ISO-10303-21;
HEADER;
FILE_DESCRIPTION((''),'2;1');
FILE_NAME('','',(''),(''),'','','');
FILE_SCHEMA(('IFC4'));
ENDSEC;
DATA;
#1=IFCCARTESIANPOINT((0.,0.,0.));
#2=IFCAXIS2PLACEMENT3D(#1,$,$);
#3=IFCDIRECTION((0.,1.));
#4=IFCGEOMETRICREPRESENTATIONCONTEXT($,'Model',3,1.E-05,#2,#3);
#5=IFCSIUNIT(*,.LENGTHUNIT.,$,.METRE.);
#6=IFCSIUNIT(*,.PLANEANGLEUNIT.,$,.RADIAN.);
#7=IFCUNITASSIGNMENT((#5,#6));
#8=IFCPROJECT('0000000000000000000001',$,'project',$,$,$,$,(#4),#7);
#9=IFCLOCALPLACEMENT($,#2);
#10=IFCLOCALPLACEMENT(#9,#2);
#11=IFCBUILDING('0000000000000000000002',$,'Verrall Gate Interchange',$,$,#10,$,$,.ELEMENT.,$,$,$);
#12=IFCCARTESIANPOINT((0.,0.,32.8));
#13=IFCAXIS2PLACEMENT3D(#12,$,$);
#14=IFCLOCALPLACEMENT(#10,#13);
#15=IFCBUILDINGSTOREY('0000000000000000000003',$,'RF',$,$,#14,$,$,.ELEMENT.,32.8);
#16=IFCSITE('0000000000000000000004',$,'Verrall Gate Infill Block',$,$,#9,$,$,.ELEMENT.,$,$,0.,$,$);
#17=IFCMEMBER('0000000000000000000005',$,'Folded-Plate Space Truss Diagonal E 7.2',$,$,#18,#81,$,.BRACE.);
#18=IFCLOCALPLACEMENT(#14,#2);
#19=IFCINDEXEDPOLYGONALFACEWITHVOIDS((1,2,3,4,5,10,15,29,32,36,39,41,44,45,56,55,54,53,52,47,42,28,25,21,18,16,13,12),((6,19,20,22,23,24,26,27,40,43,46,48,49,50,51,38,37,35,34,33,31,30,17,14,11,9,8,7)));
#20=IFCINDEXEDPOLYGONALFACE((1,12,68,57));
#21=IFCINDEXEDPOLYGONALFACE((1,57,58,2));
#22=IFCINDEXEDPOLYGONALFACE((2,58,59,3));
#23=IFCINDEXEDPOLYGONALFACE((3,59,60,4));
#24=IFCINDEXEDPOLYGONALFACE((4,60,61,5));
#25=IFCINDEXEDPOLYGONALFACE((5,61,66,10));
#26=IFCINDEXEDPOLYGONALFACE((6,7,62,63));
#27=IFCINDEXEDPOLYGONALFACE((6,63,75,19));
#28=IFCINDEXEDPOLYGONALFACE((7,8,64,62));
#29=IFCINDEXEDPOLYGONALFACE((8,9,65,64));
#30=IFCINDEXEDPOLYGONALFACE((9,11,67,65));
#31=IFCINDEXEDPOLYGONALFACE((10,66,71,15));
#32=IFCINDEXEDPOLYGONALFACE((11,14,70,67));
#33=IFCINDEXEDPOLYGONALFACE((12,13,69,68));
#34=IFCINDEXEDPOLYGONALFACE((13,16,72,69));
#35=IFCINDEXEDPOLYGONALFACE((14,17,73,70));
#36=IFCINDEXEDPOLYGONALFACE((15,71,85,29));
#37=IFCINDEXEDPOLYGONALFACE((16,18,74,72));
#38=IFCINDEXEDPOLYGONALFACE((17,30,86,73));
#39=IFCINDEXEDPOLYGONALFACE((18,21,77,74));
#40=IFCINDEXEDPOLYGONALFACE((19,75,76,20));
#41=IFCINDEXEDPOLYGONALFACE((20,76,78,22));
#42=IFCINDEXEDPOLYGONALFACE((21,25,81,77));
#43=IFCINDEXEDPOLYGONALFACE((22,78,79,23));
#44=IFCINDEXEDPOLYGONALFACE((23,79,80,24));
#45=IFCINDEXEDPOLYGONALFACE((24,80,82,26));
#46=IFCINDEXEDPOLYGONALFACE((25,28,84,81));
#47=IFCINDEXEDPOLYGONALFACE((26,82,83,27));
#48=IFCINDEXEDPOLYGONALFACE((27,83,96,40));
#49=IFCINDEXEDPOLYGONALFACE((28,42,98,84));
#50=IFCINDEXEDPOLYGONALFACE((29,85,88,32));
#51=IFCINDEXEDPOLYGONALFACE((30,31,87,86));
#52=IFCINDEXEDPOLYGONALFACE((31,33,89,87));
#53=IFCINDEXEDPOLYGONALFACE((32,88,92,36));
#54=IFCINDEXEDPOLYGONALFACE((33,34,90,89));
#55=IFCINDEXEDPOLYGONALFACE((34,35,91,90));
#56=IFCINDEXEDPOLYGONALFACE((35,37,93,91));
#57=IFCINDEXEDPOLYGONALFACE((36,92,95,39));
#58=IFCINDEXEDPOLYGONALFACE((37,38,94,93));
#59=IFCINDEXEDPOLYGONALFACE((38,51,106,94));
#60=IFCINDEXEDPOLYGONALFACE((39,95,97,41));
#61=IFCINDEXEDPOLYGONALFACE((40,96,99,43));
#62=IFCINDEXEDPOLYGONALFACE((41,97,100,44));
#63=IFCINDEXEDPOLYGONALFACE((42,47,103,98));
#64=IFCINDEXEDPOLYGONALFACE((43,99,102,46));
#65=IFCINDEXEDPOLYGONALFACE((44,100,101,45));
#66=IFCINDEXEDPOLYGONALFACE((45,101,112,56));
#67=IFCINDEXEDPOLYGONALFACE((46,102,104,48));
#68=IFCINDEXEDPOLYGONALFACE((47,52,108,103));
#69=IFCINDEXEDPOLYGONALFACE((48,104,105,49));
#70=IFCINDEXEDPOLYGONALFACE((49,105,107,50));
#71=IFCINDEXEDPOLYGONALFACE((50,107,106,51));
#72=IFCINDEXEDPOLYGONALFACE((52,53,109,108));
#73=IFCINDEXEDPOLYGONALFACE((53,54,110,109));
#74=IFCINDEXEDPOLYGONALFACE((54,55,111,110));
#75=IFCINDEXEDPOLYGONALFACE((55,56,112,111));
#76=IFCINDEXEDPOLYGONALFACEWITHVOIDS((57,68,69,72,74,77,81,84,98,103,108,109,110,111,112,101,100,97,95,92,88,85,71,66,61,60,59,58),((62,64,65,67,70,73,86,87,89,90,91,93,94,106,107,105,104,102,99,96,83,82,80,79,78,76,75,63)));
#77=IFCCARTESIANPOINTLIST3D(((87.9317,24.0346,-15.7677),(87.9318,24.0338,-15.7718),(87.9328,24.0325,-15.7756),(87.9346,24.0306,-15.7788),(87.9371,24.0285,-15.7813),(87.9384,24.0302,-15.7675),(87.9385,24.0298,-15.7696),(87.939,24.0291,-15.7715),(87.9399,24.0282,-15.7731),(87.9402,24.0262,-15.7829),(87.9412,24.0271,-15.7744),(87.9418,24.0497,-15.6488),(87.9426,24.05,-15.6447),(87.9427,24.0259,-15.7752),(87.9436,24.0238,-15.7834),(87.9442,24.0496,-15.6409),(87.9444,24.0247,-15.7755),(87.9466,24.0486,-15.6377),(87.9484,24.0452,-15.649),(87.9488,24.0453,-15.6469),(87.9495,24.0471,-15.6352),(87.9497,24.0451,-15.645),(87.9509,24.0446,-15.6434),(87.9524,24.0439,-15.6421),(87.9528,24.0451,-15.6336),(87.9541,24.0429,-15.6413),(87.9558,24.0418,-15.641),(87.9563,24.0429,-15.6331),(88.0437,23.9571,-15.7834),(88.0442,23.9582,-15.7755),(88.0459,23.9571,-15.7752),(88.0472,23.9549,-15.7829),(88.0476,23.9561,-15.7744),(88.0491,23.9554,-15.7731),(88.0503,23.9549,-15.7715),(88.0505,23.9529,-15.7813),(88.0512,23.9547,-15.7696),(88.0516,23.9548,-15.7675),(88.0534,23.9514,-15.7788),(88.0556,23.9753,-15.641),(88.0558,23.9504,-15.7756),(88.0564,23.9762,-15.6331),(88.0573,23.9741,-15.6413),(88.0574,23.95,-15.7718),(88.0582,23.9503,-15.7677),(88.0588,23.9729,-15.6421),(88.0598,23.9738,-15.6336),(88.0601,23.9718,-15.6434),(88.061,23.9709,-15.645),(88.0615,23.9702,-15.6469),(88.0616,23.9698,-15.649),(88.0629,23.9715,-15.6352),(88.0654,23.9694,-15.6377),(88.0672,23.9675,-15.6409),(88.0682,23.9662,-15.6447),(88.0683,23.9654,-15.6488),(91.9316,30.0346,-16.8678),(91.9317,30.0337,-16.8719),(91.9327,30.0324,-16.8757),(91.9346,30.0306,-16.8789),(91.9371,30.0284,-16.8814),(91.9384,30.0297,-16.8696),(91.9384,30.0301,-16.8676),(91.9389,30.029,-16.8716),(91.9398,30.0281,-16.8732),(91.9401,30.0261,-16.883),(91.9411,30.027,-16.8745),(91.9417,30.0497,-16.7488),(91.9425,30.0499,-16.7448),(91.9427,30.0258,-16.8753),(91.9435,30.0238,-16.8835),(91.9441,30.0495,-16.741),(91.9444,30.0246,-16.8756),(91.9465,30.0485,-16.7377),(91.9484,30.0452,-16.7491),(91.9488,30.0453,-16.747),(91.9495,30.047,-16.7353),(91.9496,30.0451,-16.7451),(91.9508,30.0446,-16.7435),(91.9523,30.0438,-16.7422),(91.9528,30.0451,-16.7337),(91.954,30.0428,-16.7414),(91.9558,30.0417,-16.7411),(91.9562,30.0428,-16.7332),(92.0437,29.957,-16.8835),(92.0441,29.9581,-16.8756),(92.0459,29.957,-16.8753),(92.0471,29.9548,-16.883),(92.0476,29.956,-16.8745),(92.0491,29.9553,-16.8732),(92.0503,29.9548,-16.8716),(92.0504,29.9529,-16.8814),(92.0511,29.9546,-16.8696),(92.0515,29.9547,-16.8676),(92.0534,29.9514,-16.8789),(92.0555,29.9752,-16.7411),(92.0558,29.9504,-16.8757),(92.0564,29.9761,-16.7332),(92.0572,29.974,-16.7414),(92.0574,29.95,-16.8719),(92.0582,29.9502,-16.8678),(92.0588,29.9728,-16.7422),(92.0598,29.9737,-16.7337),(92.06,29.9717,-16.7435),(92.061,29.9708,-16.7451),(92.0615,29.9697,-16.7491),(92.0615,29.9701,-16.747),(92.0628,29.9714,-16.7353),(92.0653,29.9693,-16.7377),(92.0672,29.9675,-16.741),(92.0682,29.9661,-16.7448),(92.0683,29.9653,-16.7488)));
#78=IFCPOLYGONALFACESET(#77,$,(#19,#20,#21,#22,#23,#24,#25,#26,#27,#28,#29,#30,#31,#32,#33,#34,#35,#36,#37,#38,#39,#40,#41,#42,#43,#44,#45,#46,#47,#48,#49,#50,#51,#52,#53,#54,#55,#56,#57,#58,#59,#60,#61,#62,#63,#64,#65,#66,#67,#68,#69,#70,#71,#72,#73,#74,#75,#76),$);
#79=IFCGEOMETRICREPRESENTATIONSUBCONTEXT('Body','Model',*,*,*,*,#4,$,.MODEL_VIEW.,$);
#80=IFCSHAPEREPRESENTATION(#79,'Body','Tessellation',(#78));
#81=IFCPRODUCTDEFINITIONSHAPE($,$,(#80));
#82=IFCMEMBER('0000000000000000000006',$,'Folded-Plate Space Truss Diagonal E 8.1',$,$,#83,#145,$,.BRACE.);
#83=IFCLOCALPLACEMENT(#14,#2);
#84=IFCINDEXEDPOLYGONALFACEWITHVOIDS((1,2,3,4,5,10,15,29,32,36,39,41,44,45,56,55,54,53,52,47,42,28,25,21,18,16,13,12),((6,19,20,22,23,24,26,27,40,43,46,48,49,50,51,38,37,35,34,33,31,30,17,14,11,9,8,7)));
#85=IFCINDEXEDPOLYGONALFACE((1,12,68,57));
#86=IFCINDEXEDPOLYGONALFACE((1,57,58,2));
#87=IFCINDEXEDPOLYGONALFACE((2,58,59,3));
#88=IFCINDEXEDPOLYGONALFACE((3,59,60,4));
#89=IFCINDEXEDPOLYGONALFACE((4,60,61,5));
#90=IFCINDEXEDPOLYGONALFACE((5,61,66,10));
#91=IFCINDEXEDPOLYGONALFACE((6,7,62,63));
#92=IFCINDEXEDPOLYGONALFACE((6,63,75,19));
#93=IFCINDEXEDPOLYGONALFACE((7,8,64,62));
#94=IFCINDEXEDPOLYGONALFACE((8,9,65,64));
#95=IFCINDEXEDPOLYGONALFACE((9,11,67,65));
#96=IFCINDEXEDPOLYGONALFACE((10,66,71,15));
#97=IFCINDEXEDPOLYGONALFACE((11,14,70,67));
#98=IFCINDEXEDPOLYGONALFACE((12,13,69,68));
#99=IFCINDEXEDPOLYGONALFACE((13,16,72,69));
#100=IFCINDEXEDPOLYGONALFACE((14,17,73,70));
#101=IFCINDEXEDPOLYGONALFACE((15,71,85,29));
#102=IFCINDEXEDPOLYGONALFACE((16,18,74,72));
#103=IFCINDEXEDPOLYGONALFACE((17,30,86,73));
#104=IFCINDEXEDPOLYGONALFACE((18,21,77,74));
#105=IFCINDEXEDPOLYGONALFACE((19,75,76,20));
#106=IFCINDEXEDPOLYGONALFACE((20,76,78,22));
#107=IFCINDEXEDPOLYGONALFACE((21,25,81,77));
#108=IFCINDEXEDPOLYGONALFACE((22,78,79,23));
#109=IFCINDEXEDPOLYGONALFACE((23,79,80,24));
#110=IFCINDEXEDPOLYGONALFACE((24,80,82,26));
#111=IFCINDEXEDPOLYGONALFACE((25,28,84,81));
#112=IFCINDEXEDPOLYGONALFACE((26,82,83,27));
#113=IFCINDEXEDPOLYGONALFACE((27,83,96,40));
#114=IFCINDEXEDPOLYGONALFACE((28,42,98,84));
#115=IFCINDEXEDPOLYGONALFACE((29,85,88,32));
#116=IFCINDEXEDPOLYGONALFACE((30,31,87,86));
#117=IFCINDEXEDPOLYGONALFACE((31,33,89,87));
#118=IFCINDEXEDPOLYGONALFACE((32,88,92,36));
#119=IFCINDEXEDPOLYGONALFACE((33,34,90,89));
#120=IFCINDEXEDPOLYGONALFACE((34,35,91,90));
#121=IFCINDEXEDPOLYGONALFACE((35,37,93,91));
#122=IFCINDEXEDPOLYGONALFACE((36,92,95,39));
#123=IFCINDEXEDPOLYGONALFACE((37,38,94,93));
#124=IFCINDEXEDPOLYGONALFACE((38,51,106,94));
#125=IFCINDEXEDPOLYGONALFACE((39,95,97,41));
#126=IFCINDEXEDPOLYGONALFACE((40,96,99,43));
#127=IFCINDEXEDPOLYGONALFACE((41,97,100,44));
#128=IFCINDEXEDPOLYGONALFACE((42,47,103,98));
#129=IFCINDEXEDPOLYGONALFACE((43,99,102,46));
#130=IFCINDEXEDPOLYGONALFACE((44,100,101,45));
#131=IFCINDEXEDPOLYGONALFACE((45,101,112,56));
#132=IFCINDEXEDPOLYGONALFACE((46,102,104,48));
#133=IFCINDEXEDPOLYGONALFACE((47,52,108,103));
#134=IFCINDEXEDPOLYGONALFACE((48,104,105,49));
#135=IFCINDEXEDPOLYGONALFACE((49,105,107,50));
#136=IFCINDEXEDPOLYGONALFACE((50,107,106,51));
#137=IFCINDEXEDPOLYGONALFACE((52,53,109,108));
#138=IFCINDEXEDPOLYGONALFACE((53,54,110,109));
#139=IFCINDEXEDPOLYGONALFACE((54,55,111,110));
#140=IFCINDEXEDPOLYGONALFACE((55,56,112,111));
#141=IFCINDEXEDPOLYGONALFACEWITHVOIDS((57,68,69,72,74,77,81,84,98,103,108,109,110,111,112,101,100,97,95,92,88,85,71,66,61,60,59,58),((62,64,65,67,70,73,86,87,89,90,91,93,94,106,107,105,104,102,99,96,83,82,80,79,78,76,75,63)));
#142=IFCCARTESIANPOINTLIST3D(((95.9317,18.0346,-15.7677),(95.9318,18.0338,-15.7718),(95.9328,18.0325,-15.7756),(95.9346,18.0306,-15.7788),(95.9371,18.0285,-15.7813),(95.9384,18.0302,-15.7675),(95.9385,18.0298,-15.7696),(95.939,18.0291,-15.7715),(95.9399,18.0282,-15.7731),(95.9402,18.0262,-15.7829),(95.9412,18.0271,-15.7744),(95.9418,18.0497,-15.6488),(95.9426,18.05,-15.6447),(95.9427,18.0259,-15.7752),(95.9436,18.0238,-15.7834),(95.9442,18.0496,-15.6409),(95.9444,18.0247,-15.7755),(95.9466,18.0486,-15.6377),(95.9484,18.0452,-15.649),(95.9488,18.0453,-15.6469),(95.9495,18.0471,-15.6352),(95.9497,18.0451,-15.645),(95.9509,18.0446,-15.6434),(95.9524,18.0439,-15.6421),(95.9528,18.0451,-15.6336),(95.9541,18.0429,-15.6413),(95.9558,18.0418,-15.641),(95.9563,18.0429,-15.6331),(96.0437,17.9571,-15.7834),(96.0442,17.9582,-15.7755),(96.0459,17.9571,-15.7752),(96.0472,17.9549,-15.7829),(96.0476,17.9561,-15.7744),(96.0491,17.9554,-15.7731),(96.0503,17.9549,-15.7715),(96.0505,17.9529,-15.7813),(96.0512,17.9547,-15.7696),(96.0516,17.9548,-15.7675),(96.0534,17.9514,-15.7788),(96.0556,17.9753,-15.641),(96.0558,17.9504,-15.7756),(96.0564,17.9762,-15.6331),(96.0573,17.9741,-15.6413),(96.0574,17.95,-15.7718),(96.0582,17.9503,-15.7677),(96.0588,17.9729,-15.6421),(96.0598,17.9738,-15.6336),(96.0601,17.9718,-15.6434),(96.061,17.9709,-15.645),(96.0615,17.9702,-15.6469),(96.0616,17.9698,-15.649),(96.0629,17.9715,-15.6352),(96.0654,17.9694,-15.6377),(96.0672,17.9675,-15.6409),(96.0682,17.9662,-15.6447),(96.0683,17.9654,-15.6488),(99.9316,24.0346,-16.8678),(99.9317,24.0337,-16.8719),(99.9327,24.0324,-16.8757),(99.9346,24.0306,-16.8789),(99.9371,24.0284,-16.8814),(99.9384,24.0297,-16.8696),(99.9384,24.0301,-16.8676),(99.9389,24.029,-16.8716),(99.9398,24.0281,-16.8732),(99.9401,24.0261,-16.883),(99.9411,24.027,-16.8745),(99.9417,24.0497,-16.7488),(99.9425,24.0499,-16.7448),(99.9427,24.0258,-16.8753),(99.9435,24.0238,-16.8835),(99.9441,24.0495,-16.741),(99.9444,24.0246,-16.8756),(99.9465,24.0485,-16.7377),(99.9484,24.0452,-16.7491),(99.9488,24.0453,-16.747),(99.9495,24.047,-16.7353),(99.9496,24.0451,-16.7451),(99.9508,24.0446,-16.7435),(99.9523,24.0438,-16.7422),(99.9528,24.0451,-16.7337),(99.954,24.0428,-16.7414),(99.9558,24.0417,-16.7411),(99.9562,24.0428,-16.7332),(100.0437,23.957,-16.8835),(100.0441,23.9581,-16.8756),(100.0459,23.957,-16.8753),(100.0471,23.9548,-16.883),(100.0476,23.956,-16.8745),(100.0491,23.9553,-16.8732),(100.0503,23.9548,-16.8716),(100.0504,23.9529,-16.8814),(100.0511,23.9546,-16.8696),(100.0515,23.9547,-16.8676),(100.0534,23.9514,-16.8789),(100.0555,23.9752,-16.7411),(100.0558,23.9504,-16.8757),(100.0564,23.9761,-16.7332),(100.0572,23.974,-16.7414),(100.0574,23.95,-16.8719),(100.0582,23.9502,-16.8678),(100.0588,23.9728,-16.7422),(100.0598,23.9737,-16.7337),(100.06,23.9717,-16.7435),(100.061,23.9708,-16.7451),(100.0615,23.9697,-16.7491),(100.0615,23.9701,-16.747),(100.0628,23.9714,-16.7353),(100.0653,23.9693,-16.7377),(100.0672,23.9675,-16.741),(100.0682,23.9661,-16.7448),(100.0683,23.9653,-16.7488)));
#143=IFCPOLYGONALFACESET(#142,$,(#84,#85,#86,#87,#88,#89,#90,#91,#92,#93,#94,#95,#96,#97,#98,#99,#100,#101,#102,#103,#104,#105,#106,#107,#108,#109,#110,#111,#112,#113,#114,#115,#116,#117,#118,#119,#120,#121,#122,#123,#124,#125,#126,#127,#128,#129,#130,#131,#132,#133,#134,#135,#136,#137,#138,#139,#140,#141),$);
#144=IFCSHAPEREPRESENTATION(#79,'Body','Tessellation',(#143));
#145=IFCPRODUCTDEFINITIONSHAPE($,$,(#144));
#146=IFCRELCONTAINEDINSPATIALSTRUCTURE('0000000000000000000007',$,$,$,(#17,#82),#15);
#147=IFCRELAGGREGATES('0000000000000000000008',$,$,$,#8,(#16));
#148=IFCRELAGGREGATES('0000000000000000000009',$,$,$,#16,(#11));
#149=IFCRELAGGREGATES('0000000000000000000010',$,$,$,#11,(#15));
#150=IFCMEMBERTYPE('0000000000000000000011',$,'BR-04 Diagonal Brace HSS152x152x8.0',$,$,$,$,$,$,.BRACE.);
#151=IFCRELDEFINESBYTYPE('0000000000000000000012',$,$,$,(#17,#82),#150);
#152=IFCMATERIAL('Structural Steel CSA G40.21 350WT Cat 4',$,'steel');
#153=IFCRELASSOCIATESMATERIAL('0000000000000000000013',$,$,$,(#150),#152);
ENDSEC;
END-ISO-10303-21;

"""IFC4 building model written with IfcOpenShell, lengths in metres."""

from ifc_helpers import new_model, si_unit, direction, frame, origin, origin_2d, place, context, subcontext, project, spatial, hollow_rectangle, extrude, material, material_profile, profile_set, type_object, element, save


model = new_model("IFC4")

# Units and contexts
model_context = context("Model", 3, precision=1e-05, world=origin(), true_north=direction((0.0, 1.0)))
body_context = subcontext(model_context, "Body", "Model", "MODEL_VIEW")
ifc_project = project(units=[si_unit("LENGTHUNIT", "METRE"), si_unit("PLANEANGLEUNIT", "RADIAN")], contexts=[model_context])

# Site, building, storey
site_placement = place(None, origin())
site = spatial("IfcSite", under=ifc_project, at=site_placement, Name="Verrall Gate Infill Block", CompositionType="ELEMENT", RefElevation=0.0)
building_placement = place(site_placement, origin())
building = spatial("IfcBuilding", under=site, at=building_placement, Name="Verrall Gate Interchange", CompositionType="ELEMENT")
storey_placement = place(building_placement, frame((0.0, 0.0, 32.8)))
storey = spatial("IfcBuildingStorey", under=building, at=storey_placement, Name="RF", CompositionType="ELEMENT", Elevation=32.8)

# Members
ifc_material_1 = material(Name="Structural Steel CSA G40.21 350WT Cat 4", Category="steel")
ifc_material_profile_1 = material_profile(ifc_material_1, hollow_rectangle(XDim=0.1521, YDim=0.1521, WallThickness=0.0081, InnerFilletRadius=0.0081, OuterFilletRadius=0.0159, at=origin_2d()), Name="HSS152x152x8.0")
ifc_profile_set_1 = profile_set([ifc_material_profile_1], Name="Structural Steel CSA G40.21 350WT Cat 4")
member_type_1 = type_object("IfcMemberType", Name="BR-04 Diagonal Brace HSS152x152x8.0", PredefinedType="BRACE", material=ifc_profile_set_1)
for number, where, z_axis, x_axis, name in (
    (1, (88.0, 24.0, -15.7083), (0.548356, 0.822534, -0.150811), (-0.83205, 0.5547, 0.0), "Folded-Plate Space Truss Diagonal E 7.2"),
    (2, (96.0, 18.0, -15.7083), (0.548356, 0.822534, -0.150811), (-0.83205, 0.5547, 0.0), "Folded-Plate Space Truss Diagonal E 8.1"),
):
    element("IfcMember", number, at=place(storey_placement, frame(where, z_axis=z_axis, x_axis=x_axis)), inside=storey, type_object=member_type_1, Name=name, PredefinedType="BRACE", context=body_context, shape_type="SweptSolid", body=[
        extrude(hollow_rectangle(XDim=0.1521, YDim=0.1521, WallThickness=0.0081, InnerFilletRadius=0.0081, OuterFilletRadius=0.0159, at=origin_2d()), origin(), (0.0, 0.0, 1.0), 7.2944),
    ])

save(model, "model.ifc")
